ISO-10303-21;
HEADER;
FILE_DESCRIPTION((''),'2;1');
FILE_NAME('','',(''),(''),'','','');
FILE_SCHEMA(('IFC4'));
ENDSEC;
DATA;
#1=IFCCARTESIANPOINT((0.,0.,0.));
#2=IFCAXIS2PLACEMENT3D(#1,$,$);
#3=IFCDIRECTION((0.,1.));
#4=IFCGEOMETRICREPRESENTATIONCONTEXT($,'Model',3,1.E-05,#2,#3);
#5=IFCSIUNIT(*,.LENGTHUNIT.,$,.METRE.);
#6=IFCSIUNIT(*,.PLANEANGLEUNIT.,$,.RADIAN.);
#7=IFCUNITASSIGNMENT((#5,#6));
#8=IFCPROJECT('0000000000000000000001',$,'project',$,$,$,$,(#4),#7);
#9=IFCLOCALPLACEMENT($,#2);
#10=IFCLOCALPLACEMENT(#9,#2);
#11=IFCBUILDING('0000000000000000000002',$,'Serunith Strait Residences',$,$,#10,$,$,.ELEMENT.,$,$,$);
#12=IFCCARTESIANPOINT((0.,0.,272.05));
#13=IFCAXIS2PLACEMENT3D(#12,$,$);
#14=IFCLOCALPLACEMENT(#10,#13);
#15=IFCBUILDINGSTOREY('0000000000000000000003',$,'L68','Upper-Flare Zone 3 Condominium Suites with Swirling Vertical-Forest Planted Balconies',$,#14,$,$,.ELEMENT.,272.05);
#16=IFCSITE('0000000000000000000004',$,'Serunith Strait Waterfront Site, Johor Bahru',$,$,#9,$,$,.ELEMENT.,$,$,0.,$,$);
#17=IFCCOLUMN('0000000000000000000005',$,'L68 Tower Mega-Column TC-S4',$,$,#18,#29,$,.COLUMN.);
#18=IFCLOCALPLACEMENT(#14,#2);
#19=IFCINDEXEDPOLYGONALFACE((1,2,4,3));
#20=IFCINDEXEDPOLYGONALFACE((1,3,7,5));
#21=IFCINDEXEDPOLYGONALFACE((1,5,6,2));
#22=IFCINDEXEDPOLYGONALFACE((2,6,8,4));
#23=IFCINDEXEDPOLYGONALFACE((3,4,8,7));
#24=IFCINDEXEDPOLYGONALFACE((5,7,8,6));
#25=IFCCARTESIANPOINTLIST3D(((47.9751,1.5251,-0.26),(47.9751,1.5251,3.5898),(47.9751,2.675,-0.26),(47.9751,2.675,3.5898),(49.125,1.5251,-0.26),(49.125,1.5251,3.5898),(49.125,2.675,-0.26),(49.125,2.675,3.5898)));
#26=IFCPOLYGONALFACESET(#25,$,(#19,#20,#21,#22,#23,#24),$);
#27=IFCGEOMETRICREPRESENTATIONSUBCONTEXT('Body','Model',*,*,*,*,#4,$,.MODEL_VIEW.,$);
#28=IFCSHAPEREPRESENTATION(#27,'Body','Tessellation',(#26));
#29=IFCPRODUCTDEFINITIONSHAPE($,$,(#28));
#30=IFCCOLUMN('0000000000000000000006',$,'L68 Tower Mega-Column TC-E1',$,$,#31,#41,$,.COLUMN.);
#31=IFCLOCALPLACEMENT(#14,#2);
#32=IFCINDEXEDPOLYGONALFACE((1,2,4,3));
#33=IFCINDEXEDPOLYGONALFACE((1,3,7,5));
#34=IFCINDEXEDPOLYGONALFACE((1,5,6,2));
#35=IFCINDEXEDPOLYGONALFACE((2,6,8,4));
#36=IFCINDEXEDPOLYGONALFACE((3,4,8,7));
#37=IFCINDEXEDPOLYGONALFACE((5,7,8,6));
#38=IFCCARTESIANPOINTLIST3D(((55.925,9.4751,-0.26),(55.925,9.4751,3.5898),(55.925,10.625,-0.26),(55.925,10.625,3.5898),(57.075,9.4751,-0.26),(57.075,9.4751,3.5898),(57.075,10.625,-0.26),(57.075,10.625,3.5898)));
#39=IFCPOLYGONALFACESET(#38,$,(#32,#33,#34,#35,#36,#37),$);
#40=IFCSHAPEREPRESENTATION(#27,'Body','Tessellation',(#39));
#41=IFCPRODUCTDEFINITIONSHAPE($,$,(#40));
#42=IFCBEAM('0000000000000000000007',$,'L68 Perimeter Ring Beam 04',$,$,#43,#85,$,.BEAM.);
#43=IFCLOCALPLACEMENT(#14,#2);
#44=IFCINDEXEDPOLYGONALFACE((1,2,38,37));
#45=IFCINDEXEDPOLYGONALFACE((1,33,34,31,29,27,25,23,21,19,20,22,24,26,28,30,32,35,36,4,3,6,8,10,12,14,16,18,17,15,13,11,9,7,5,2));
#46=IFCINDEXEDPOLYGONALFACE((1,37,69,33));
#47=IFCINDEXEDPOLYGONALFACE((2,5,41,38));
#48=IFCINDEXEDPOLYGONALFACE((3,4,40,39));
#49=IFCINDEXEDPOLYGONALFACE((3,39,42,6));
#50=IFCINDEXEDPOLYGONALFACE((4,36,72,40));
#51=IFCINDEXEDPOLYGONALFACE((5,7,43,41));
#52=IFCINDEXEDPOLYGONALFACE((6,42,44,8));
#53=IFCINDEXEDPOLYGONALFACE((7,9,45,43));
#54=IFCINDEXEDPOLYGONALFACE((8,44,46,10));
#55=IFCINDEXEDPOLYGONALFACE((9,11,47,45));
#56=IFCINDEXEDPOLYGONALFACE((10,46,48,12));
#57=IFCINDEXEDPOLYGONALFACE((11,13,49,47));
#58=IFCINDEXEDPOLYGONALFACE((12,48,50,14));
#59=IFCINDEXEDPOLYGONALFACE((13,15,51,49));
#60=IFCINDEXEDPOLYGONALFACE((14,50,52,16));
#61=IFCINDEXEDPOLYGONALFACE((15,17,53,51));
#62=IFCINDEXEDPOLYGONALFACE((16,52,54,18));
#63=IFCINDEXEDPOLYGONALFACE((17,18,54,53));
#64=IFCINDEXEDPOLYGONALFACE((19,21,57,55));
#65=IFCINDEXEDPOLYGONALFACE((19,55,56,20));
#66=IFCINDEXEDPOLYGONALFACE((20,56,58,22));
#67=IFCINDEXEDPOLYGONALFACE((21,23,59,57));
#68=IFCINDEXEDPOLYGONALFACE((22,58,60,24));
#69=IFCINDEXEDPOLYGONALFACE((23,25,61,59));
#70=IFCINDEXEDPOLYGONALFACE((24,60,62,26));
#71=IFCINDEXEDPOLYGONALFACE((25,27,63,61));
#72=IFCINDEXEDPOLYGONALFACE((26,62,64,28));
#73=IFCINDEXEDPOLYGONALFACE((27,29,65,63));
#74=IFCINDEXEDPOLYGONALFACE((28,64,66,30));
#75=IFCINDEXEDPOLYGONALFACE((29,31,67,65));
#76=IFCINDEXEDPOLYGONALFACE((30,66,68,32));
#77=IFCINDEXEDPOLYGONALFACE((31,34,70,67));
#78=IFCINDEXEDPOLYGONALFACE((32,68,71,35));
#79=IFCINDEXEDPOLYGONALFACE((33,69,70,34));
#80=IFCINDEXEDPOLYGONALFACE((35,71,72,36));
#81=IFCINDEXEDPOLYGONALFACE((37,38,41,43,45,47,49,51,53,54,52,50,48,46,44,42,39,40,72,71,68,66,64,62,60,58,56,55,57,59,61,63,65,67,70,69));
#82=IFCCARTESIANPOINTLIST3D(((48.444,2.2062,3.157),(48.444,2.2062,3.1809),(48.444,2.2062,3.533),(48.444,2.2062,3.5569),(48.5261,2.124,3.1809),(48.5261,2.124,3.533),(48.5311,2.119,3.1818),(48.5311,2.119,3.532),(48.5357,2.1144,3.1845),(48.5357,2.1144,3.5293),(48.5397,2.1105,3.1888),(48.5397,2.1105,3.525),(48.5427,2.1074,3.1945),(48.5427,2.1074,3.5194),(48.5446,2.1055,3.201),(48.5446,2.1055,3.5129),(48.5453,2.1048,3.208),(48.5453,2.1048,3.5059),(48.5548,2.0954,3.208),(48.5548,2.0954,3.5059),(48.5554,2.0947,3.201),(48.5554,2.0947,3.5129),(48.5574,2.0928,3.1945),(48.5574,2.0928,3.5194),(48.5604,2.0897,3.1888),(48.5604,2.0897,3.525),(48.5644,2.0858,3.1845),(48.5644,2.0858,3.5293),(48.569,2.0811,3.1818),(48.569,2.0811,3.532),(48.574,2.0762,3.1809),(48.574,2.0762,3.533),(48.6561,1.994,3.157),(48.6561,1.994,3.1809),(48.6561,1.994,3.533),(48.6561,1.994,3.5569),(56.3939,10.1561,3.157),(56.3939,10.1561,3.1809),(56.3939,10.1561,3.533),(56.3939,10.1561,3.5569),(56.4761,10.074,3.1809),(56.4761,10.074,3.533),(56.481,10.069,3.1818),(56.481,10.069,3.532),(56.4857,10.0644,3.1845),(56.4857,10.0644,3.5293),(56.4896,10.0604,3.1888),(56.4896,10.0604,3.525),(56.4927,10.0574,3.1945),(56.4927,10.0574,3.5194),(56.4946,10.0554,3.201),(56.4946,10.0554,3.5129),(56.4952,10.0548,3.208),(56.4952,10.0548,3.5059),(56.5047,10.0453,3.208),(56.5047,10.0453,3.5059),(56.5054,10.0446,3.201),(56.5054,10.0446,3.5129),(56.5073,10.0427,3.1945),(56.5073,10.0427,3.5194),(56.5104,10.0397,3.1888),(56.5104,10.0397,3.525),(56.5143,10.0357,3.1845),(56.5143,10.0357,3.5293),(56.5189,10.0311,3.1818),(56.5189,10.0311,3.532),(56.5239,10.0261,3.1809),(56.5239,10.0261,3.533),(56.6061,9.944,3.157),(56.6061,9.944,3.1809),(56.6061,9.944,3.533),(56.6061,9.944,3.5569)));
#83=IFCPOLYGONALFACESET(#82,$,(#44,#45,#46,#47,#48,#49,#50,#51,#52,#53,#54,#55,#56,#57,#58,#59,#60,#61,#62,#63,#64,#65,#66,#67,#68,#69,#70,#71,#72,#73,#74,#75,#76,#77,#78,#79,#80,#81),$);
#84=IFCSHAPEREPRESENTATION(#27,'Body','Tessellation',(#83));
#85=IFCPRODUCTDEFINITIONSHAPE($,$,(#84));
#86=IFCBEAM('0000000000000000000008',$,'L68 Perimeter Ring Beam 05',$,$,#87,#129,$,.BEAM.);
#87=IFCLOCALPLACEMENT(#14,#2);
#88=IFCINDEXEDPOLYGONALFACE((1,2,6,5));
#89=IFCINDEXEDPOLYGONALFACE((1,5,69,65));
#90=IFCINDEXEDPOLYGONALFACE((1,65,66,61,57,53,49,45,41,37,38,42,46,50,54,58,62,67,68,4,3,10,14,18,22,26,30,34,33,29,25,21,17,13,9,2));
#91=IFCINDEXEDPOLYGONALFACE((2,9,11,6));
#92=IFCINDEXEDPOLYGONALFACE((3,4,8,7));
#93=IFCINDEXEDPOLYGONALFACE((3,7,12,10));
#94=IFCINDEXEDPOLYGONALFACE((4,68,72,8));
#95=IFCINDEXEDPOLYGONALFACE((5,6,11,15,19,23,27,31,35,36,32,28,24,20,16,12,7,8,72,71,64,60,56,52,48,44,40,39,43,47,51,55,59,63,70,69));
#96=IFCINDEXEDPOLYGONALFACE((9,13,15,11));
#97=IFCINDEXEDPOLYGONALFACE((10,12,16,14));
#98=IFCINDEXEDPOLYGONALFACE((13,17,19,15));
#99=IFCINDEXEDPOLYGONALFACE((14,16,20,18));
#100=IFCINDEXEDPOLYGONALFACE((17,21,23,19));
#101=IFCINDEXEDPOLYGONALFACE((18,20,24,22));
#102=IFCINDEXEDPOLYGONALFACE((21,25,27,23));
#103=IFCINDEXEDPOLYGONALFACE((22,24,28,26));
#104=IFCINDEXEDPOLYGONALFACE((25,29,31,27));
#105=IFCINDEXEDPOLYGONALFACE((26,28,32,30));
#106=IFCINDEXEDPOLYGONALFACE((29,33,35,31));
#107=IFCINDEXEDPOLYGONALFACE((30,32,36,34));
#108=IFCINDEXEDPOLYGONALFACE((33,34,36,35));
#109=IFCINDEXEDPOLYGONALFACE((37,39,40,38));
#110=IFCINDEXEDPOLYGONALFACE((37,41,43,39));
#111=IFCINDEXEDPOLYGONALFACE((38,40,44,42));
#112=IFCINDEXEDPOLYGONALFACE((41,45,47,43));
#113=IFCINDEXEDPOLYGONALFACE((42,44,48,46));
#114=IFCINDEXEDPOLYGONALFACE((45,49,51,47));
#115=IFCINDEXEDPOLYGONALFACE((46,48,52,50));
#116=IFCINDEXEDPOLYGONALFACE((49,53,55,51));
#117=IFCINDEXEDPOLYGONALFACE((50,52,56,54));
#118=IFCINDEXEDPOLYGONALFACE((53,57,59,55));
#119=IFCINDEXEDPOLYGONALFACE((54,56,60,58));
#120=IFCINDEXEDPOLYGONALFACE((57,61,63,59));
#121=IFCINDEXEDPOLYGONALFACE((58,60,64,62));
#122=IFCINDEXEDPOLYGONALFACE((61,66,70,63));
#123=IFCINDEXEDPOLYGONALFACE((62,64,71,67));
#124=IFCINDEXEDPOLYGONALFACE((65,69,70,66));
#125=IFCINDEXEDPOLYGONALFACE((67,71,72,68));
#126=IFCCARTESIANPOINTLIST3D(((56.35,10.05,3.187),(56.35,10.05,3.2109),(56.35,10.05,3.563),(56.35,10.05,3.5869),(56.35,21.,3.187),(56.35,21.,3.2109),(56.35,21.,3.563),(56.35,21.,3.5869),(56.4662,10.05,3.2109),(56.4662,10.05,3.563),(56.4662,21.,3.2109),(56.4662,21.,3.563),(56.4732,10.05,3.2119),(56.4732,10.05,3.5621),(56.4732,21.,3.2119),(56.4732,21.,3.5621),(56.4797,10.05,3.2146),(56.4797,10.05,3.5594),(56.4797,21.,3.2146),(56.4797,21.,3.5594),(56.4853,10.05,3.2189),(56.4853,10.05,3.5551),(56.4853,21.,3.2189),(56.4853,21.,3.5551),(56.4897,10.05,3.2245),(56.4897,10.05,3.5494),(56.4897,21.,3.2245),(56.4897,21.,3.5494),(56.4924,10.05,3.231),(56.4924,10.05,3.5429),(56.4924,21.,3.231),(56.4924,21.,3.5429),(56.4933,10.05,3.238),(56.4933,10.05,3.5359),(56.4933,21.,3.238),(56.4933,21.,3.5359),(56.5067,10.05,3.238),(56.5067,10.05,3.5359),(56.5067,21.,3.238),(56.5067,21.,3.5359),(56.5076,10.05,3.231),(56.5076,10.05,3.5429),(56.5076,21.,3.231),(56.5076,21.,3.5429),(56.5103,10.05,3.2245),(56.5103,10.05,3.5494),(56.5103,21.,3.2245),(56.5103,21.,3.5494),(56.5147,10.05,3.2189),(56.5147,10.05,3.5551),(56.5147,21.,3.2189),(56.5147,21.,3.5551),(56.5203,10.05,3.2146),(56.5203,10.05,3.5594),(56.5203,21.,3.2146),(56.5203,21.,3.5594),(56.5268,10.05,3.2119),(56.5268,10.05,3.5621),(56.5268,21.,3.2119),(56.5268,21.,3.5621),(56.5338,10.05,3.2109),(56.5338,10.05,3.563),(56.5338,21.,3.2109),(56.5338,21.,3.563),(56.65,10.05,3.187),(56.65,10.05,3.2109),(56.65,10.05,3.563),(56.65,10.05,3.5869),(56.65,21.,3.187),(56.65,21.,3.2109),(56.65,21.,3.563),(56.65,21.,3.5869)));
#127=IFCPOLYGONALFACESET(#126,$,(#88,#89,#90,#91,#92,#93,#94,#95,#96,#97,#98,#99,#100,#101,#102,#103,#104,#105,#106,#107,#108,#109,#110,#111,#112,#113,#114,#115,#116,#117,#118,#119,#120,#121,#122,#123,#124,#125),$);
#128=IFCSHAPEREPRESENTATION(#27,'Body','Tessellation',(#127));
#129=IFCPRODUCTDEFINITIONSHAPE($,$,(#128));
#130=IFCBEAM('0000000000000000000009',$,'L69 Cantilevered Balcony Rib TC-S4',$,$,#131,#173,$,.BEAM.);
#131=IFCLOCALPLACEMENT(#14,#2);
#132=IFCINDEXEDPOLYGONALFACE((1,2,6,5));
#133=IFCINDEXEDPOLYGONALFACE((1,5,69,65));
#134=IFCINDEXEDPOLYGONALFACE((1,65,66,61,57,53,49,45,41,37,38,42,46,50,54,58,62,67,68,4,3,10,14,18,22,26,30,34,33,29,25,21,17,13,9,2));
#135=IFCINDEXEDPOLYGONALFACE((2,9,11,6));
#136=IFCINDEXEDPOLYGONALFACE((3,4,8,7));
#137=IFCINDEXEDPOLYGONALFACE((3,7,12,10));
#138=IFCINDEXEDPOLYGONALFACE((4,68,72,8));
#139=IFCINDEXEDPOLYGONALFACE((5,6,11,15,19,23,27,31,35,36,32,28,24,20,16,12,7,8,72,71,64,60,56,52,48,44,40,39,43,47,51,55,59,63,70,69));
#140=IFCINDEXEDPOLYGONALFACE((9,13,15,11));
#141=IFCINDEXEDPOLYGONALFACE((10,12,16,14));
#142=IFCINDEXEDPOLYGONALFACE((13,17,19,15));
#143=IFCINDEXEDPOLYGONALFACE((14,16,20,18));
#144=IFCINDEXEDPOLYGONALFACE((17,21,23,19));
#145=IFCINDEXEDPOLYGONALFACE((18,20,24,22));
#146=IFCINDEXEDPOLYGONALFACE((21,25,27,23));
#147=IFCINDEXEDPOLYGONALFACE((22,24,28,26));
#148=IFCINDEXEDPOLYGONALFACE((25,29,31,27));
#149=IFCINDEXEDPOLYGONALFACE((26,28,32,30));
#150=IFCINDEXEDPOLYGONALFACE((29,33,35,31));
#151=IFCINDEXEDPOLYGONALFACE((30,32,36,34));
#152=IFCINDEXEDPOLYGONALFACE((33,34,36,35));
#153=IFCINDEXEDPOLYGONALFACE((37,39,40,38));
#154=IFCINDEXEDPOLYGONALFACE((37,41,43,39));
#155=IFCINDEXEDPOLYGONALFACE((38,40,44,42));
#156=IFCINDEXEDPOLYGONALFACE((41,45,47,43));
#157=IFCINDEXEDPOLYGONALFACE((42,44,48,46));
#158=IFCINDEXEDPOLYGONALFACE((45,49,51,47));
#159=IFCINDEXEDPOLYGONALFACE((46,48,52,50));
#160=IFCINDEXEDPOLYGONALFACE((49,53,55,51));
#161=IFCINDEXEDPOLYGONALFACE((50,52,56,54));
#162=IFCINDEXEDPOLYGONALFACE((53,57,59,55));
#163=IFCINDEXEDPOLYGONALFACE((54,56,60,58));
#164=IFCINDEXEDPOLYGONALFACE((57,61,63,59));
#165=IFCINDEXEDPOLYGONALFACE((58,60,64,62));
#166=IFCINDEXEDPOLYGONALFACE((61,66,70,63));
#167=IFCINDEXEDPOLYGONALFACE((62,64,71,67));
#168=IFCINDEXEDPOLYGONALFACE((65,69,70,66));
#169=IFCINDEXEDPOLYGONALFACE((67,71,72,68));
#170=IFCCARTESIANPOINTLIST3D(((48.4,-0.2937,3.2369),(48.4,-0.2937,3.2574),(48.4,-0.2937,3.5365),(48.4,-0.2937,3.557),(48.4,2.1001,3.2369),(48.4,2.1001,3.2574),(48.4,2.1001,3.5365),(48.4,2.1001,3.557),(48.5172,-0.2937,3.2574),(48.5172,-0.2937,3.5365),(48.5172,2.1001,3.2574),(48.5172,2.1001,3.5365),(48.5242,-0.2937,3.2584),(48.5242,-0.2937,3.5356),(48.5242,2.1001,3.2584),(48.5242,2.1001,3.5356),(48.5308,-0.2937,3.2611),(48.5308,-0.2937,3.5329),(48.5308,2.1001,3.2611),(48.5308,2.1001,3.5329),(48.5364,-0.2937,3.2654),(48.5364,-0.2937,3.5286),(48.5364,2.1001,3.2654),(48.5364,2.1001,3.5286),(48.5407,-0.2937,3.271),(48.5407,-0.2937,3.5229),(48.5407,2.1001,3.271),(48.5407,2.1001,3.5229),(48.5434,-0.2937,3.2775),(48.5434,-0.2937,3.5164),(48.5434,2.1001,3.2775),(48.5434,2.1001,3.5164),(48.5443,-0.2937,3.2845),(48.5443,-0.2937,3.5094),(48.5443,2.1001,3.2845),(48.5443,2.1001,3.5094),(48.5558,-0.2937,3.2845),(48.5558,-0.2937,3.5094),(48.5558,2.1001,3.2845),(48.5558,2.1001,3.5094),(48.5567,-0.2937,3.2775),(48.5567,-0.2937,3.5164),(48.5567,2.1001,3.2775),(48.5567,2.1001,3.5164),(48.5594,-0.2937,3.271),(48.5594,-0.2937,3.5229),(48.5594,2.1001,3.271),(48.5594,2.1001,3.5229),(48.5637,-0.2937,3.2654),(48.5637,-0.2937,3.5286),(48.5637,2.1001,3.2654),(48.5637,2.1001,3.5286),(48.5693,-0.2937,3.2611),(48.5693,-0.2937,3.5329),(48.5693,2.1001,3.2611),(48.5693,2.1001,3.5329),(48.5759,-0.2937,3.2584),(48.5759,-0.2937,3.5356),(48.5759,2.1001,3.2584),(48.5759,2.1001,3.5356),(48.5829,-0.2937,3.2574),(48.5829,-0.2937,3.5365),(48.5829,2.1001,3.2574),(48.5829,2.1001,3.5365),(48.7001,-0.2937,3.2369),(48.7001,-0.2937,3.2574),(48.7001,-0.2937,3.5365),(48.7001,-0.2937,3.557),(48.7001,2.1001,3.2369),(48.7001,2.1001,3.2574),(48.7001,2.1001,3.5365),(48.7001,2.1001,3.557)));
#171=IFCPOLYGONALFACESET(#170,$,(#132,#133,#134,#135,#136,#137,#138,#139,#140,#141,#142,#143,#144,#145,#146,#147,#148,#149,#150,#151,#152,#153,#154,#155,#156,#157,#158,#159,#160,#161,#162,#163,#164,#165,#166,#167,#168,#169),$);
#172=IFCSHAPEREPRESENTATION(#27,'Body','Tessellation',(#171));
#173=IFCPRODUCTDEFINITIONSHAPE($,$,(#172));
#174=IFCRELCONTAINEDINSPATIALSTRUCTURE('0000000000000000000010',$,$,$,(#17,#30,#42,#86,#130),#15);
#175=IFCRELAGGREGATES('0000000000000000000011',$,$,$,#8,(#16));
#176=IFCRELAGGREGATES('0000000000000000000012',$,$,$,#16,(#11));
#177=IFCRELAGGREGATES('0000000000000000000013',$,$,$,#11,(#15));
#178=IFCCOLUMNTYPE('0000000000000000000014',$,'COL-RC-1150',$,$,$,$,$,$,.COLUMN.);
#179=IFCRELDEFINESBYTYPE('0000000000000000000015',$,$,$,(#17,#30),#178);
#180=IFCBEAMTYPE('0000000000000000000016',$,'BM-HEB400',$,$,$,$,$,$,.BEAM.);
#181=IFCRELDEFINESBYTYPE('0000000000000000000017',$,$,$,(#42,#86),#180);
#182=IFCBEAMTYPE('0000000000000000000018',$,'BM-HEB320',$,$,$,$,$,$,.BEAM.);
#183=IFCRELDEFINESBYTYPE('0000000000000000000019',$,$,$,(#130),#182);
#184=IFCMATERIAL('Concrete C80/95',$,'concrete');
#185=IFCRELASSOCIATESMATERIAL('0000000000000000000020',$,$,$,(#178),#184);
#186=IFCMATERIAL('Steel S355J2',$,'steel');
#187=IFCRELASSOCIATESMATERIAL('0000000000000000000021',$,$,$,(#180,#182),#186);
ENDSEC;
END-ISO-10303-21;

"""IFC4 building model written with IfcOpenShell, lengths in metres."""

from ifc_helpers import new_model, si_unit, direction, frame, origin, origin_2d, place, context, subcontext, project, spatial, rectangle, i_section, extrude, source, transform, mapped, material, material_profile, profile_set, type_object, element, save


model = new_model("IFC4")

# Units and contexts
model_context = context("Model", 3, precision=1e-05, world=origin(), true_north=direction((0.0, 1.0)))
body_context = subcontext(model_context, "Body", "Model", "MODEL_VIEW")
ifc_project = project(units=[si_unit("LENGTHUNIT", "METRE"), si_unit("PLANEANGLEUNIT", "RADIAN")], contexts=[model_context])

# Site, building, storey
site_placement = place(None, origin())
site = spatial("IfcSite", under=ifc_project, at=site_placement, Name="Serunith Strait Waterfront Site, Johor Bahru", CompositionType="ELEMENT", RefElevation=0.0)
building_placement = place(site_placement, origin())
building = spatial("IfcBuilding", under=site, at=building_placement, Name="Serunith Strait Residences", CompositionType="ELEMENT")
storey_placement = place(building_placement, frame((0.0, 0.0, 272.05)))
storey = spatial("IfcBuildingStorey", under=building, at=storey_placement, Name="L68", Description="Upper-Flare Zone 3 Condominium Suites with Swirling Vertical-Forest Planted Balconies", CompositionType="ELEMENT", Elevation=272.05)

# Columns
ifc_material_1 = material(Name="Concrete C80/95", Category="concrete")
ifc_material_profile_1 = material_profile(ifc_material_1, rectangle(XDim=1.1499, YDim=1.1499, at=origin_2d()), Name="RC 1150x1150")
ifc_profile_set_1 = profile_set([ifc_material_profile_1], Name="Concrete C80/95")
column_type = type_object("IfcColumnType", Name="COL-RC-1150", PredefinedType="COLUMN", material=ifc_profile_set_1)
shared_shape_1 = source(origin(), body_context, "Body", "SweptSolid", [
    extrude(rectangle(XDim=1.1499, YDim=1.1499, at=origin_2d()), origin(), (0.0, 0.0, 1.0), 3.8499),
])
for number, where, z_axis, x_axis, name in (
    (1, (48.55, 2.1001, -0.26), (0.0, 0.0, 1.0), (1.0, 0.0, 0.0), "L68 Tower Mega-Column TC-S4"),
    (2, (56.5, 10.05, -0.26), (0.0, 0.0, 1.0), (1.0, 0.0, 0.0), "L68 Tower Mega-Column TC-E1"),
):
    element("IfcColumn", number, at=place(storey_placement, frame(where, z_axis=z_axis, x_axis=x_axis)), inside=storey, type_object=column_type, Name=name, PredefinedType="COLUMN", context=body_context, shape_type="MappedRepresentation", body=[
        mapped(shared_shape_1, transform((0.0, 0.0, 0.0), scale=1.0)),
    ])

# Beams
ifc_material_2 = material(Name="Steel S355J2", Category="steel")
ifc_material_profile_2 = material_profile(ifc_material_2, i_section(OverallWidth=0.3, OverallDepth=0.3999, WebThickness=0.0134, FlangeThickness=0.0239, FilletRadius=0.0271, at=origin_2d()), Name="HEB 400")
ifc_profile_set_2 = profile_set([ifc_material_profile_2], Name="Steel S355J2")
beam_type_1 = type_object("IfcBeamType", Name="BM-HEB400", PredefinedType="BEAM", material=ifc_profile_set_2)
shared_shape_2 = source(origin(), body_context, "Body", "SweptSolid", [
    extrude(i_section(OverallWidth=0.3, OverallDepth=0.3999, WebThickness=0.0134, FlangeThickness=0.0239, FilletRadius=0.0271, at=origin_2d()), origin(), (0.0, 0.0, 1.0), 11.2429),
])
beam_1_placement = place(storey_placement, frame((48.55, 2.1001, 3.3569), z_axis=(0.707107, 0.707107, 0.0), x_axis=(-0.707107, 0.707107, 0.0)))
element("IfcBeam", 3, at=beam_1_placement, inside=storey, type_object=beam_type_1, Name="L68 Perimeter Ring Beam 04", PredefinedType="BEAM", context=body_context, shape_type="MappedRepresentation", body=[
    mapped(shared_shape_2, transform((0.0, 0.0, 0.0), scale=1.0)),
])
shared_shape_3 = source(origin(), body_context, "Body", "SweptSolid", [
    extrude(i_section(OverallWidth=0.3, OverallDepth=0.3999, WebThickness=0.0134, FlangeThickness=0.0239, FilletRadius=0.0271, at=origin_2d()), origin(), (0.0, 0.0, 1.0), 10.95),
])
beam_2_placement = place(storey_placement, frame((56.5, 10.05, 3.387), z_axis=(0.0, 1.0, 0.0), x_axis=(-1.0, 0.0, 0.0)))
element("IfcBeam", 4, at=beam_2_placement, inside=storey, type_object=beam_type_1, Name="L68 Perimeter Ring Beam 05", PredefinedType="BEAM", context=body_context, shape_type="MappedRepresentation", body=[
    mapped(shared_shape_3, transform((0.0, 0.0, 0.0), scale=1.0)),
])
ifc_material_profile_3 = material_profile(ifc_material_2, i_section(OverallWidth=0.3, OverallDepth=0.3201, WebThickness=0.0115, FlangeThickness=0.0205, FilletRadius=0.0271, at=origin_2d()), Name="HEB 320")
ifc_profile_set_3 = profile_set([ifc_material_profile_3], Name="Steel S355J2")
beam_type_2 = type_object("IfcBeamType", Name="BM-HEB320", PredefinedType="BEAM", material=ifc_profile_set_3)
shared_shape_4 = source(origin(), body_context, "Body", "SweptSolid", [
    extrude(i_section(OverallWidth=0.3, OverallDepth=0.3201, WebThickness=0.0115, FlangeThickness=0.0205, FilletRadius=0.0271, at=origin_2d()), origin(), (0.0, 0.0, 1.0), 2.3938),
])
beam_3_placement = place(storey_placement, frame((48.55, 2.1001, 3.397), z_axis=(0.0, -1.0, 0.0), x_axis=(1.0, 0.0, 0.0)))
element("IfcBeam", 5, at=beam_3_placement, inside=storey, type_object=beam_type_2, Name="L69 Cantilevered Balcony Rib TC-S4", PredefinedType="BEAM", context=body_context, shape_type="MappedRepresentation", body=[
    mapped(shared_shape_4, transform((0.0, 0.0, 0.0), scale=1.0)),
])

save(model, "model.ifc")
